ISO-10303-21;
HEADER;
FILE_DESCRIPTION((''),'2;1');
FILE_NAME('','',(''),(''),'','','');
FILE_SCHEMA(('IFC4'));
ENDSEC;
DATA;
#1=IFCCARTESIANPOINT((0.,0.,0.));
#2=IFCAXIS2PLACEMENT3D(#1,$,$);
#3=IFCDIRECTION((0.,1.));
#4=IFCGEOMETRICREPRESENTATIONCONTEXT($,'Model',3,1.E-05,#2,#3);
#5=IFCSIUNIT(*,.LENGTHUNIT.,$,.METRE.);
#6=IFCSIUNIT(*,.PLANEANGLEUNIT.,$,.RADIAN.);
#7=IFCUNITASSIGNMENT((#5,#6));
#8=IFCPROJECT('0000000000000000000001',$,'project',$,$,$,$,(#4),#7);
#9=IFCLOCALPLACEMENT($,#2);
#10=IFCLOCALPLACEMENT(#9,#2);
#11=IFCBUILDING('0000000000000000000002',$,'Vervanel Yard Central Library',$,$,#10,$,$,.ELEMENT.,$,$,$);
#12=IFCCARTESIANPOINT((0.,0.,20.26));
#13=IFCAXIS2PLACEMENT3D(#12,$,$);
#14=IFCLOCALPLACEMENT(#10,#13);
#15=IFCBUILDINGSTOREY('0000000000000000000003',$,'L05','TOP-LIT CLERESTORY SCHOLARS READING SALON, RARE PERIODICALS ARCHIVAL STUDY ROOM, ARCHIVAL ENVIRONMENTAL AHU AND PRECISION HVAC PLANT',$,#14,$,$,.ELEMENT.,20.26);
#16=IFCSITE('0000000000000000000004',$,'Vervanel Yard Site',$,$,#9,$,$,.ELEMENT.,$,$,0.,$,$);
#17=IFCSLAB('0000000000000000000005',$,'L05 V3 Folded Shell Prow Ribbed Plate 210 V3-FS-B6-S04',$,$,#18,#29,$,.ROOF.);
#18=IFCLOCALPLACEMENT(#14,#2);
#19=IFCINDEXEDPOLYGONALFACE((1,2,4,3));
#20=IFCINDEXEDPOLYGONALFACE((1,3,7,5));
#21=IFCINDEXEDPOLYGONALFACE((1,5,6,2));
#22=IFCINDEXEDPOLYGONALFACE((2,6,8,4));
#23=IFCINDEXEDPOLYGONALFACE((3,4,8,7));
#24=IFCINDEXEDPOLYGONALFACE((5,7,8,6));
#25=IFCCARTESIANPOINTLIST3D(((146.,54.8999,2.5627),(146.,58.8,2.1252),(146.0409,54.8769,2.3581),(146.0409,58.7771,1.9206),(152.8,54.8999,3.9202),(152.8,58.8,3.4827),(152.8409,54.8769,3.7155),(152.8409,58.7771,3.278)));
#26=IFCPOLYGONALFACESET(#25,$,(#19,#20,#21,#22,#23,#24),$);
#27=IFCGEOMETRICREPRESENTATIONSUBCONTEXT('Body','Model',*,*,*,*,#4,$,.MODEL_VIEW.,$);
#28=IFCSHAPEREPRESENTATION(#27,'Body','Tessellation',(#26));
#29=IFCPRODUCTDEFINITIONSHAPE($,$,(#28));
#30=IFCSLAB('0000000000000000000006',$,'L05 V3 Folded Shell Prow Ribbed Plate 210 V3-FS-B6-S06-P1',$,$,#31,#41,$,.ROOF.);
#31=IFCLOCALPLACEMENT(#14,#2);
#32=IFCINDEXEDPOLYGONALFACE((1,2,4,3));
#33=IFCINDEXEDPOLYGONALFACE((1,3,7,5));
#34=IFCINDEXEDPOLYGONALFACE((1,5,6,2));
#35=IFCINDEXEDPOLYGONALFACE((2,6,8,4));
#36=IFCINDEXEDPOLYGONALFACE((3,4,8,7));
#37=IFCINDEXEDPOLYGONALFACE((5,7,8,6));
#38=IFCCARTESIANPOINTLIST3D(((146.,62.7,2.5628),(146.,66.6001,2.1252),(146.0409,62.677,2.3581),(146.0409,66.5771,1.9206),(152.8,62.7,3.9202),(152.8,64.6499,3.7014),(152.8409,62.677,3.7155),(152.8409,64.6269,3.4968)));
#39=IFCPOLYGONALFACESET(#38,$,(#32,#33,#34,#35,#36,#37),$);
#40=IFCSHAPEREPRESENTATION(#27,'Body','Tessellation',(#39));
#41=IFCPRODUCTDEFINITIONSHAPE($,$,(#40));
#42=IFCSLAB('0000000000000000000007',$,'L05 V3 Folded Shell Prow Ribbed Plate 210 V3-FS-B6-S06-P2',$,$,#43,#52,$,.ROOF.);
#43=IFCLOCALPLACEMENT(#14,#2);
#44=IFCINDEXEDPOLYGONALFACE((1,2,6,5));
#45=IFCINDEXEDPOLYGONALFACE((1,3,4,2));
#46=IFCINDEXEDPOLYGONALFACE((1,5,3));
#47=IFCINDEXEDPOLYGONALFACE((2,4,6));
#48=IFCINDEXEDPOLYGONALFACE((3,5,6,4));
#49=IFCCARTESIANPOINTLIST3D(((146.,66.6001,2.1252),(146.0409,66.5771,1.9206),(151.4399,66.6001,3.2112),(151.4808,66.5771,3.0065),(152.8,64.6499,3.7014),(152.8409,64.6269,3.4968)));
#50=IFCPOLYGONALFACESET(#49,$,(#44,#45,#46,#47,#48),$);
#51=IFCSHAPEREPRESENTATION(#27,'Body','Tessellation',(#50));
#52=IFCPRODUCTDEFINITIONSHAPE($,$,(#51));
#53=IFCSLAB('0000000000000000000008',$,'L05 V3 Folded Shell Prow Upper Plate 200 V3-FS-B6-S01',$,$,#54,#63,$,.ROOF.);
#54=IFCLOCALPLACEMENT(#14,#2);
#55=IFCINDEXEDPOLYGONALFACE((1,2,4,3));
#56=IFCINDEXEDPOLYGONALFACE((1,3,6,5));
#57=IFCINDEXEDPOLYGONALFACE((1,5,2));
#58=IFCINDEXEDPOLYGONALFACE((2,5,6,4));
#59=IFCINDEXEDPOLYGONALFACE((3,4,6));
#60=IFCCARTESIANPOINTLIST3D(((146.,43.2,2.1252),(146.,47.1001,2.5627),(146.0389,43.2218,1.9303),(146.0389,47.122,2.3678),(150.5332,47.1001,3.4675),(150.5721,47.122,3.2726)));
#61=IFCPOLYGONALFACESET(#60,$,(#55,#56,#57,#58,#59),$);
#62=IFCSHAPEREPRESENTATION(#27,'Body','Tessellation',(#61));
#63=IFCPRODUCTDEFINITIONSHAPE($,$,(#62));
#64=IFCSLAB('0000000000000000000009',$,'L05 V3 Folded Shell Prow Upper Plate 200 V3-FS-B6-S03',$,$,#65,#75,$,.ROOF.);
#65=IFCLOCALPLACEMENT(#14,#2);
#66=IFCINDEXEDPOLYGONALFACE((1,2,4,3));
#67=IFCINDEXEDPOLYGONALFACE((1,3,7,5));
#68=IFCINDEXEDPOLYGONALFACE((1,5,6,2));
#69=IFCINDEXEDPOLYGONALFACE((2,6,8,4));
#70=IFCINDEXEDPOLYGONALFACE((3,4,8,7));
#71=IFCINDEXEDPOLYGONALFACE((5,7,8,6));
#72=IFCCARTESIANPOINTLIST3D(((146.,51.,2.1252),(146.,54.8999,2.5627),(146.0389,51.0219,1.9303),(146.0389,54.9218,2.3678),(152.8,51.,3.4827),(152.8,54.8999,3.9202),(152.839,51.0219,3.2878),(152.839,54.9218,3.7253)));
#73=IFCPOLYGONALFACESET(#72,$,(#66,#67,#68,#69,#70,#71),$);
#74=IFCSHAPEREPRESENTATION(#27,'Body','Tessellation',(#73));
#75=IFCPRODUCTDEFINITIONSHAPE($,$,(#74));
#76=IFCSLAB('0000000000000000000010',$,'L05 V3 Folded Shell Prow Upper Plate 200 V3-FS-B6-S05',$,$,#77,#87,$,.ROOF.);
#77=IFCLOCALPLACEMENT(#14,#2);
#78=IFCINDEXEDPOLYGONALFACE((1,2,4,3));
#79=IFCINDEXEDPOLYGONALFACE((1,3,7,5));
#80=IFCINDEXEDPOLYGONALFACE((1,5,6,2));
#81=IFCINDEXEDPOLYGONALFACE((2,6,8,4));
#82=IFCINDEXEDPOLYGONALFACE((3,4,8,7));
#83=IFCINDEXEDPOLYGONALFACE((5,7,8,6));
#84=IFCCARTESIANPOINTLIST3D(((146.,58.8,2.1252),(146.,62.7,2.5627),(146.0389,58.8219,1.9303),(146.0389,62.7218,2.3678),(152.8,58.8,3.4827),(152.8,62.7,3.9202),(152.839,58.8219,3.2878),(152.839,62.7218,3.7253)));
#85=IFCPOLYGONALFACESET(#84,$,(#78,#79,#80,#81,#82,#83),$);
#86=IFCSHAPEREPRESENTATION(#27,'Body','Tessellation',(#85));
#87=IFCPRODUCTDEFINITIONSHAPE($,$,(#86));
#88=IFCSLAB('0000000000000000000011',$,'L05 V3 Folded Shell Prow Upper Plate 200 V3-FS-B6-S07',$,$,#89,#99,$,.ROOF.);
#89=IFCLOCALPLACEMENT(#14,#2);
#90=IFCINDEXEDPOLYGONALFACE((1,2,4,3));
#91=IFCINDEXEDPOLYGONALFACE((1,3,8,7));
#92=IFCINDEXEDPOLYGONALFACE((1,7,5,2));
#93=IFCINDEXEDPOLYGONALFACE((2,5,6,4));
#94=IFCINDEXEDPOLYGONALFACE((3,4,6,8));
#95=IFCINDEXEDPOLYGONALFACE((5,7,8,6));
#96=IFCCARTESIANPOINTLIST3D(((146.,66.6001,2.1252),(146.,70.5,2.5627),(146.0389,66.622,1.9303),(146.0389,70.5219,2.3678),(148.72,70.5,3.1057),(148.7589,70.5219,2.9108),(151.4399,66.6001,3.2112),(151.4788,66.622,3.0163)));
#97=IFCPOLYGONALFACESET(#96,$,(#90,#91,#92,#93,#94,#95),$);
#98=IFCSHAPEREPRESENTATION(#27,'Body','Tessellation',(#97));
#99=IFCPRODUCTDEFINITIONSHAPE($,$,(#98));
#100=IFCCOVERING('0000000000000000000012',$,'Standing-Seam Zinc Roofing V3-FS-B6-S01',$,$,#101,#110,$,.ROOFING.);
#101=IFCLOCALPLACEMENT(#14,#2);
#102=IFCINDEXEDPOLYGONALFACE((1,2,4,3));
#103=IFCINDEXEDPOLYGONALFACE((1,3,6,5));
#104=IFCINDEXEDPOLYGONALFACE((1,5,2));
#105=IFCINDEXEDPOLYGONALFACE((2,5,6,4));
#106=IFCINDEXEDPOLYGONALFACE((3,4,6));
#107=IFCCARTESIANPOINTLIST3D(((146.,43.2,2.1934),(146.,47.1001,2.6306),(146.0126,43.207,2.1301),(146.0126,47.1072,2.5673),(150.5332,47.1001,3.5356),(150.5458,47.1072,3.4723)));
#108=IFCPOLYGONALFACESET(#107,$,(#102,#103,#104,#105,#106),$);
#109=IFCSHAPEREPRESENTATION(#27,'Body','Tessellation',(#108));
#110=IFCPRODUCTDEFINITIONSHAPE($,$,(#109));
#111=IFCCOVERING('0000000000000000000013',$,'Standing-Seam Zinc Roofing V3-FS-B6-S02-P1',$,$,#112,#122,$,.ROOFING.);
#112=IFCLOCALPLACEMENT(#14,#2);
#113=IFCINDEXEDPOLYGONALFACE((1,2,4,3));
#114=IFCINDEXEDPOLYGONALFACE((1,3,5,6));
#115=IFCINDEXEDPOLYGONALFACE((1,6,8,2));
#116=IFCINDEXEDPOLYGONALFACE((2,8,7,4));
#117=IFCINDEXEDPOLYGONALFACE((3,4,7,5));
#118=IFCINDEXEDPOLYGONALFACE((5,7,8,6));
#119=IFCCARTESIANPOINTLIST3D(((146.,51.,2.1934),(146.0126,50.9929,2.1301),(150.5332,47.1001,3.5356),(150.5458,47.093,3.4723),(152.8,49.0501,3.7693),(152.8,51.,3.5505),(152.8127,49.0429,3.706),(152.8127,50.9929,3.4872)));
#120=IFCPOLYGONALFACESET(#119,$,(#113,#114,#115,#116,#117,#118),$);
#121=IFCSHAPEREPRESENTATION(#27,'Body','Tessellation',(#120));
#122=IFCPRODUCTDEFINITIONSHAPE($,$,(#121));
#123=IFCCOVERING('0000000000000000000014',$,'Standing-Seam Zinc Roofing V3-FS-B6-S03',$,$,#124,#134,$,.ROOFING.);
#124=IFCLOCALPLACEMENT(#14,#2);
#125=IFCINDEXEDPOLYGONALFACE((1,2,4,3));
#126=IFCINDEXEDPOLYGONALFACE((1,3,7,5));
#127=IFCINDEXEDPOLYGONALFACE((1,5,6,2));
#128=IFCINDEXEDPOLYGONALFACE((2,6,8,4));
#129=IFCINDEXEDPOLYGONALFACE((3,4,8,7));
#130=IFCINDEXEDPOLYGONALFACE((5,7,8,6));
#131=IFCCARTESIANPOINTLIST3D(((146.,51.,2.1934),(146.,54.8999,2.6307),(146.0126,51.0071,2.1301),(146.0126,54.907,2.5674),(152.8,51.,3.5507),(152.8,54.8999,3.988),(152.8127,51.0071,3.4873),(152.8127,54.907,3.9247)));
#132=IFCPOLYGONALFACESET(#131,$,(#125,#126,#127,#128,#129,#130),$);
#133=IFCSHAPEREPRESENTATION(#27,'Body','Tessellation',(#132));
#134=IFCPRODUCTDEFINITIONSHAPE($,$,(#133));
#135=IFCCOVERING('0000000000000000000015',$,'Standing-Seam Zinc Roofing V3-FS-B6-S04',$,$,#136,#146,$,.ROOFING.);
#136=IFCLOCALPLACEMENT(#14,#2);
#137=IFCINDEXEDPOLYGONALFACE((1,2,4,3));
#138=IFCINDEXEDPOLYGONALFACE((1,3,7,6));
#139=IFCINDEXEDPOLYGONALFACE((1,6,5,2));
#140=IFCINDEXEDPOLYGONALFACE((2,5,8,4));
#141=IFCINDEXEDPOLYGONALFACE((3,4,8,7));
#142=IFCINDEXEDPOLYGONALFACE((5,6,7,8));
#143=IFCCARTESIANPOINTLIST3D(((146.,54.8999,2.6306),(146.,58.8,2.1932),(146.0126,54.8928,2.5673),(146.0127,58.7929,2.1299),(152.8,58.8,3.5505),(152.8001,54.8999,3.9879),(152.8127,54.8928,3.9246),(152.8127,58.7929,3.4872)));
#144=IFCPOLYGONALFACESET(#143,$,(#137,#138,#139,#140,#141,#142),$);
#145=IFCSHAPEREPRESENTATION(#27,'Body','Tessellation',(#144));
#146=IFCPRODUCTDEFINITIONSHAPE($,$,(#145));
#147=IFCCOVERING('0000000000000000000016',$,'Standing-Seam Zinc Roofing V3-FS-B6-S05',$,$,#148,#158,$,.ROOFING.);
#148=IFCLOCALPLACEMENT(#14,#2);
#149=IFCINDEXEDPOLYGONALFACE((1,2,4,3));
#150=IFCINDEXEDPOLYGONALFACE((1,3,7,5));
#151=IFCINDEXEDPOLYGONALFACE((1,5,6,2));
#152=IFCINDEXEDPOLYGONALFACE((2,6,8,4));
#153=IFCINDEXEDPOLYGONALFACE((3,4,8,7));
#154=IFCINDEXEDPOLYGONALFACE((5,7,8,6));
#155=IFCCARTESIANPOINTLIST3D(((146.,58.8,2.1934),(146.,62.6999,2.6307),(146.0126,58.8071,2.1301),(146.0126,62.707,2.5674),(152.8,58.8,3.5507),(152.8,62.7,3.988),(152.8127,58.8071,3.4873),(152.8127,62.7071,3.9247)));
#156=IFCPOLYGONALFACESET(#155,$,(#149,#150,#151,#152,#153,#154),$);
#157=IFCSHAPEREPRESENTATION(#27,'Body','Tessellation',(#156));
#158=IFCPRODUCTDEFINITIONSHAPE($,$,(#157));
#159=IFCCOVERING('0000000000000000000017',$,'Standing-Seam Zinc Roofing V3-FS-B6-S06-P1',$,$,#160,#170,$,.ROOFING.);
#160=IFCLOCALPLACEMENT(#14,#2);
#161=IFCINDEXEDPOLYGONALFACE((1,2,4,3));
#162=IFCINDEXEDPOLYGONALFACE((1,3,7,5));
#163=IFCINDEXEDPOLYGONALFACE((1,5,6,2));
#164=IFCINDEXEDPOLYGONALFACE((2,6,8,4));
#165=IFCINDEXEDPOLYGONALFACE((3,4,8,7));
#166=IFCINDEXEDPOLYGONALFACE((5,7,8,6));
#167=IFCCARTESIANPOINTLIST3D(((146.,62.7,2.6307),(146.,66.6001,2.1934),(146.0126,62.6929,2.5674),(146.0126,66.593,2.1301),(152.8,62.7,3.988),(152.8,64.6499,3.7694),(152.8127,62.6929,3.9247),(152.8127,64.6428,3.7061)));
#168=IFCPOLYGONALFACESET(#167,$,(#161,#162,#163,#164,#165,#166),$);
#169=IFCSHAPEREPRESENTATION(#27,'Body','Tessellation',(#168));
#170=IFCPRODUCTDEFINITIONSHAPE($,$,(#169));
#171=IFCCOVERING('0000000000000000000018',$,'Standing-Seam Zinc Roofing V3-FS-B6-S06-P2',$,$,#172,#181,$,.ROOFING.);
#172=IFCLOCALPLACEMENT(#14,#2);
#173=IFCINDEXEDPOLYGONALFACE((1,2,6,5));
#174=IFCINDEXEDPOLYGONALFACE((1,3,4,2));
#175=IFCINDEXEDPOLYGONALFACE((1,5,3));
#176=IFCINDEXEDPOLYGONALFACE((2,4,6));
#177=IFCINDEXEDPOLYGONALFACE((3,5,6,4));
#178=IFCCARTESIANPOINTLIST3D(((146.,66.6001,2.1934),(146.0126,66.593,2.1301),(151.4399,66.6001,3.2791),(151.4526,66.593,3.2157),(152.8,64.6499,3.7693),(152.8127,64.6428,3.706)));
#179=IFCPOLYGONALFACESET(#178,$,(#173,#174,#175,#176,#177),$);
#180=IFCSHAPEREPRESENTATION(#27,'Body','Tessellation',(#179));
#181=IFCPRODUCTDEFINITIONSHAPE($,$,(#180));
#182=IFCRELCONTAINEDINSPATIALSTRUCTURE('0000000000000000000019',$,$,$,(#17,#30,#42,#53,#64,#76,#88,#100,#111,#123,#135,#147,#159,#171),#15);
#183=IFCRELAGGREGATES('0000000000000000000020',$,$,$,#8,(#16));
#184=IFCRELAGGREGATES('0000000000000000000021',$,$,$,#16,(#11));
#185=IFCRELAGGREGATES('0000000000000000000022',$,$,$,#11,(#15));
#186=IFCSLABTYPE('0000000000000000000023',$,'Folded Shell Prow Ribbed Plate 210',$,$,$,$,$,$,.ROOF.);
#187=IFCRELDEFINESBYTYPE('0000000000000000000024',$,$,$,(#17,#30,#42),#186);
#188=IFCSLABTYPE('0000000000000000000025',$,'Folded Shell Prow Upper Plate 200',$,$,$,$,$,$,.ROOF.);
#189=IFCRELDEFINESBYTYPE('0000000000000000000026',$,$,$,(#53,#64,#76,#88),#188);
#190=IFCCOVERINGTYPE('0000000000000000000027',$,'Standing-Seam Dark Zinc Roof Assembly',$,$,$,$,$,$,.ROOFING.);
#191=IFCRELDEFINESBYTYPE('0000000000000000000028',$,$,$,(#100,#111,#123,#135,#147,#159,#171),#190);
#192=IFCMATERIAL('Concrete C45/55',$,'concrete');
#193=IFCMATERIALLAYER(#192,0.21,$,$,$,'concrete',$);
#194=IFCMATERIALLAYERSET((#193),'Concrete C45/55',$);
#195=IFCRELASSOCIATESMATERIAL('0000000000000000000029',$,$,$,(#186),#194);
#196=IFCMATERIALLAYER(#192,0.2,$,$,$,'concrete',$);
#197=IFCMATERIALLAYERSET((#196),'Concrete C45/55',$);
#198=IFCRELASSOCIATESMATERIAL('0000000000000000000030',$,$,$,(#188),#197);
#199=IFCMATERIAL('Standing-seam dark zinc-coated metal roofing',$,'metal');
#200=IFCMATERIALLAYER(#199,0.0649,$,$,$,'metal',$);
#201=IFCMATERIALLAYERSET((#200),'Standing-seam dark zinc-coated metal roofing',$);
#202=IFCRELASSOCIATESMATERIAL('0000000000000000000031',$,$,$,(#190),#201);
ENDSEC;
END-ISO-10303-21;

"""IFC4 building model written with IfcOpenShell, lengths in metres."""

from ifc_helpers import new_model, si_unit, direction, frame, origin, place, context, subcontext, project, spatial, polyline, outline, extrude, material, layer, layer_set, type_object, element, save


model = new_model("IFC4")

# Units and contexts
model_context = context("Model", 3, precision=1e-05, world=origin(), true_north=direction((0.0, 1.0)))
body_context = subcontext(model_context, "Body", "Model", "MODEL_VIEW")
ifc_project = project(units=[si_unit("LENGTHUNIT", "METRE"), si_unit("PLANEANGLEUNIT", "RADIAN")], contexts=[model_context])

# Site, building, storey
site_placement = place(None, origin())
site = spatial("IfcSite", under=ifc_project, at=site_placement, Name="Vervanel Yard Site", CompositionType="ELEMENT", RefElevation=0.0)
building_placement = place(site_placement, origin())
building = spatial("IfcBuilding", under=site, at=building_placement, Name="Vervanel Yard Central Library", CompositionType="ELEMENT")
storey_placement = place(building_placement, frame((0.0, 0.0, 20.26)))
storey = spatial("IfcBuildingStorey", under=building, at=storey_placement, Name="L05", Description="TOP-LIT CLERESTORY SCHOLARS READING SALON, RARE PERIODICALS ARCHIVAL STUDY ROOM, ARCHIVAL ENVIRONMENTAL AHU AND PRECISION HVAC PLANT", CompositionType="ELEMENT", Elevation=20.26)

# Slabs
ifc_material_1 = material(Name="Concrete C45/55", Category="concrete")
ifc_layer_1 = layer(ifc_material_1, 0.21, Category="concrete")
ifc_layer_set_1 = layer_set([ifc_layer_1], Name="Concrete C45/55")
slab_type_1 = type_object("IfcSlabType", Name="Folded Shell Prow Ribbed Plate 210", PredefinedType="ROOF", material=ifc_layer_set_1)
slab_1_placement = place(storey_placement, frame((152.8, 58.8, 3.4827), z_axis=(-0.194583, 0.109345, 0.974772), x_axis=(0.0, -0.993767, 0.111476)))
element("IfcSlab", 1, at=slab_1_placement, inside=storey, type_object=slab_type_1, Name="L05 V3 Folded Shell Prow Ribbed Plate 210 V3-FS-B6-S04", PredefinedType="ROOF", context=body_context, shape_type="SweptSolid", body=[
    extrude(outline(polyline([(-0.1513, -6.9326), (3.7733, -6.9326), (3.9246, 0.0), (0.0, 0.0), (-0.1513, -6.9326)])), origin(), (0.0, 0.0, -1.0), 0.21),
])
slab_2_placement = place(storey_placement, frame((152.8, 62.7, 3.9202), z_axis=(-0.194582, 0.109348, 0.974772), x_axis=(-0.980653, 0.0, -0.195756)))
element("IfcSlab", 2, at=slab_2_placement, inside=storey, type_object=slab_type_1, Name="L05 V3 Folded Shell Prow Ribbed Plate 210 V3-FS-B6-S06-P1", PredefinedType="ROOF", context=body_context, shape_type="SweptSolid", body=[
    extrude(outline(polyline([(0.0428, -1.9617), (7.0199, -3.9237), (6.9342, 0.0), (0.0, 0.0), (0.0428, -1.9617)])), origin(), (0.0, 0.0, -1.0), 0.21),
])
slab_3_placement = place(storey_placement, frame((152.8, 64.6499, 3.7014), z_axis=(-0.194587, 0.109326, 0.974774), x_axis=(-0.938244, 0.26908, -0.217474)))
element("IfcSlab", 3, at=slab_3_placement, inside=storey, type_object=slab_type_1, Name="L05 V3 Folded Shell Prow Ribbed Plate 210 V3-FS-B6-S06-P2", PredefinedType="ROOF", context=body_context, shape_type="SweptSolid", body=[
    extrude(outline(polyline([(1.9075, -1.5017), (7.2476, 0.0), (0.0, 0.0), (1.9075, -1.5017)])), origin(), (0.0, 0.0, -1.0), 0.21),
])
ifc_layer_2 = layer(ifc_material_1, 0.2, Category="concrete")
ifc_layer_set_2 = layer_set([ifc_layer_2], Name="Concrete C45/55")
slab_type_2 = type_object("IfcSlabType", Name="Folded Shell Prow Upper Plate 200", PredefinedType="ROOF", material=ifc_layer_set_2)
slab_4_placement = place(storey_placement, frame((150.5332, 47.1001, 3.4675), z_axis=(-0.194557, -0.109346, 0.974778), x_axis=(-0.73965, -0.636359, -0.219011)))
element("IfcSlab", 4, at=slab_4_placement, inside=storey, type_object=slab_type_2, Name="L05 V3 Folded Shell Prow Upper Plate 200 V3-FS-B6-S01", PredefinedType="ROOF", context=body_context, shape_type="SweptSolid", body=[
    extrude(outline(polyline([(3.5511, -2.9594), (6.1289, 0.0), (0.0, 0.0), (3.5511, -2.9594)])), origin(), (0.0, 0.0, -1.0), 0.2),
])
for number, where, z_axis, x_axis, name in (
    (5, (152.8, 54.8999, 3.9202), (-0.194583, -0.109352, 0.974771), (0.0, -0.993766, -0.111483), "L05 V3 Folded Shell Prow Upper Plate 200 V3-FS-B6-S03"),
    (6, (152.8, 62.7, 3.9202), (-0.194583, -0.109352, 0.974771), (0.0, -0.993766, -0.111483), "L05 V3 Folded Shell Prow Upper Plate 200 V3-FS-B6-S05"),
):
    element("IfcSlab", number, at=place(storey_placement, frame(where, z_axis=z_axis, x_axis=x_axis)), inside=storey, type_object=slab_type_2, Name=name, PredefinedType="ROOF", context=body_context, shape_type="SweptSolid", body=[
        extrude(outline(polyline([(0.1513, -6.9326), (4.0757, -6.9326), (3.9244, 0.0), (0.0, 0.0), (0.1513, -6.9326)])), origin(), (0.0, 0.0, -1.0), 0.2),
    ])
slab_5_placement = place(storey_placement, frame((148.72, 70.5, 3.1057), z_axis=(-0.194587, -0.109352, 0.974771), x_axis=(0.571915, -0.820013, 0.022176)))
element("IfcSlab", 7, at=slab_5_placement, inside=storey, type_object=slab_type_2, Name="L05 V3 Folded Shell Prow Upper Plate 200 V3-FS-B6-S07", PredefinedType="ROOF", context=body_context, shape_type="SweptSolid", body=[
    extrude(outline(polyline([(-1.5676, -2.2881), (1.6206, -4.5763), (4.7559, 0.0), (0.0, 0.0), (-1.5676, -2.2881)])), origin(), (0.0, 0.0, -1.0), 0.2),
])

# Coverings
ifc_material_2 = material(Name="Standing-seam dark zinc-coated metal roofing", Category="metal")
ifc_layer_3 = layer(ifc_material_2, 0.0649, Category="metal")
ifc_layer_set_3 = layer_set([ifc_layer_3], Name="Standing-seam dark zinc-coated metal roofing")
covering_type_1 = type_object("IfcCoveringType", Name="Standing-Seam Dark Zinc Roof Assembly", PredefinedType="ROOFING", material=ifc_layer_set_3)
covering_1_placement = place(storey_placement, frame((150.5332, 47.1001, 3.5356), z_axis=(-0.194608, -0.109285, 0.974774), x_axis=(-0.73965, -0.636359, -0.219011)))
element("IfcCovering", 8, at=covering_1_placement, inside=storey, type_object=covering_type_1, Name="Standing-Seam Zinc Roofing V3-FS-B6-S01", PredefinedType="ROOFING", context=body_context, shape_type="SweptSolid", body=[
    extrude(outline(polyline([(3.5512, -2.9594), (6.1289, 0.0), (0.0, 0.0), (3.5512, -2.9594)])), origin(), (0.0, 0.0, -1.0), 0.0649),
])
covering_2_placement = place(storey_placement, frame((152.8, 51.0, 3.5505), z_axis=(-0.194548, 0.10936, 0.974778), x_axis=(-0.000001, -0.993766, 0.11149)))
element("IfcCovering", 9, at=covering_2_placement, inside=storey, type_object=covering_type_1, Name="Standing-Seam Zinc Roofing V3-FS-B6-S02-P1", PredefinedType="ROOFING", context=body_context, shape_type="SweptSolid", body=[
    extrude(outline(polyline([(-0.1513, -6.9325), (3.8739, -2.311), (1.9622, 0.0), (0.0, 0.0), (-0.1513, -6.9325)])), origin(), (0.0, 0.0, -1.0), 0.0649),
])
covering_3_placement = place(storey_placement, frame((152.8, 54.8999, 3.988), z_axis=(-0.194567, -0.109322, 0.974778), x_axis=(-0.000006, -0.99377, -0.111453)))
element("IfcCovering", 10, at=covering_3_placement, inside=storey, type_object=covering_type_1, Name="Standing-Seam Zinc Roofing V3-FS-B6-S03", PredefinedType="ROOFING", context=body_context, shape_type="SweptSolid", body=[
    extrude(outline(polyline([(0.1513, -6.9326), (4.0757, -6.9325), (3.9244, 0.0), (0.0, 0.0), (0.1513, -6.9326)])), origin(), (0.0, 0.0, -1.0), 0.0649),
])
covering_4_placement = place(storey_placement, frame((152.8, 58.8, 3.5505), z_axis=(-0.194567, 0.109316, 0.974779), x_axis=(0.000006, -0.99377, 0.111447)))
element("IfcCovering", 11, at=covering_4_placement, inside=storey, type_object=covering_type_1, Name="Standing-Seam Zinc Roofing V3-FS-B6-S04", PredefinedType="ROOFING", context=body_context, shape_type="SweptSolid", body=[
    extrude(outline(polyline([(-0.1513, -6.9325), (3.7733, -6.9326), (3.9246, 0.0), (0.0, 0.0), (-0.1513, -6.9325)])), origin(), (0.0, 0.0, -1.0), 0.0649),
])
covering_5_placement = place(storey_placement, frame((152.8, 62.7, 3.988), z_axis=(-0.194567, -0.109322, 0.974778), x_axis=(-0.000006, -0.99377, -0.111453)))
element("IfcCovering", 12, at=covering_5_placement, inside=storey, type_object=covering_type_1, Name="Standing-Seam Zinc Roofing V3-FS-B6-S05", PredefinedType="ROOFING", context=body_context, shape_type="SweptSolid", body=[
    extrude(outline(polyline([(0.1513, -6.9326), (4.0757, -6.9325), (3.9244, 0.0), (0.0, 0.0), (0.1513, -6.9326)])), origin(), (0.0, 0.0, -1.0), 0.0649),
])
covering_6_placement = place(storey_placement, frame((152.8, 62.7, 3.988), z_axis=(-0.194572, 0.109308, 0.974779), x_axis=(-0.980655, 0.000001, -0.195745)))
element("IfcCovering", 13, at=covering_6_placement, inside=storey, type_object=covering_type_1, Name="Standing-Seam Zinc Roofing V3-FS-B6-S06-P1", PredefinedType="ROOFING", context=body_context, shape_type="SweptSolid", body=[
    extrude(outline(polyline([(0.0428, -1.9617), (7.0198, -3.9236), (6.9342, 0.0), (0.0, 0.0), (0.0428, -1.9617)])), origin(), (0.0, 0.0, -1.0), 0.0649),
])
covering_7_placement = place(storey_placement, frame((152.8, 64.6499, 3.7693), z_axis=(-0.194544, 0.109358, 0.974779), x_axis=(-0.93825, 0.269082, -0.217442)))
element("IfcCovering", 14, at=covering_7_placement, inside=storey, type_object=covering_type_1, Name="Standing-Seam Zinc Roofing V3-FS-B6-S06-P2", PredefinedType="ROOFING", context=body_context, shape_type="SweptSolid", body=[
    extrude(outline(polyline([(1.9075, -1.5017), (7.2476, 0.0), (0.0, 0.0), (1.9075, -1.5017)])), origin(), (0.0, 0.0, -1.0), 0.0649),
])

save(model, "model.ifc")
